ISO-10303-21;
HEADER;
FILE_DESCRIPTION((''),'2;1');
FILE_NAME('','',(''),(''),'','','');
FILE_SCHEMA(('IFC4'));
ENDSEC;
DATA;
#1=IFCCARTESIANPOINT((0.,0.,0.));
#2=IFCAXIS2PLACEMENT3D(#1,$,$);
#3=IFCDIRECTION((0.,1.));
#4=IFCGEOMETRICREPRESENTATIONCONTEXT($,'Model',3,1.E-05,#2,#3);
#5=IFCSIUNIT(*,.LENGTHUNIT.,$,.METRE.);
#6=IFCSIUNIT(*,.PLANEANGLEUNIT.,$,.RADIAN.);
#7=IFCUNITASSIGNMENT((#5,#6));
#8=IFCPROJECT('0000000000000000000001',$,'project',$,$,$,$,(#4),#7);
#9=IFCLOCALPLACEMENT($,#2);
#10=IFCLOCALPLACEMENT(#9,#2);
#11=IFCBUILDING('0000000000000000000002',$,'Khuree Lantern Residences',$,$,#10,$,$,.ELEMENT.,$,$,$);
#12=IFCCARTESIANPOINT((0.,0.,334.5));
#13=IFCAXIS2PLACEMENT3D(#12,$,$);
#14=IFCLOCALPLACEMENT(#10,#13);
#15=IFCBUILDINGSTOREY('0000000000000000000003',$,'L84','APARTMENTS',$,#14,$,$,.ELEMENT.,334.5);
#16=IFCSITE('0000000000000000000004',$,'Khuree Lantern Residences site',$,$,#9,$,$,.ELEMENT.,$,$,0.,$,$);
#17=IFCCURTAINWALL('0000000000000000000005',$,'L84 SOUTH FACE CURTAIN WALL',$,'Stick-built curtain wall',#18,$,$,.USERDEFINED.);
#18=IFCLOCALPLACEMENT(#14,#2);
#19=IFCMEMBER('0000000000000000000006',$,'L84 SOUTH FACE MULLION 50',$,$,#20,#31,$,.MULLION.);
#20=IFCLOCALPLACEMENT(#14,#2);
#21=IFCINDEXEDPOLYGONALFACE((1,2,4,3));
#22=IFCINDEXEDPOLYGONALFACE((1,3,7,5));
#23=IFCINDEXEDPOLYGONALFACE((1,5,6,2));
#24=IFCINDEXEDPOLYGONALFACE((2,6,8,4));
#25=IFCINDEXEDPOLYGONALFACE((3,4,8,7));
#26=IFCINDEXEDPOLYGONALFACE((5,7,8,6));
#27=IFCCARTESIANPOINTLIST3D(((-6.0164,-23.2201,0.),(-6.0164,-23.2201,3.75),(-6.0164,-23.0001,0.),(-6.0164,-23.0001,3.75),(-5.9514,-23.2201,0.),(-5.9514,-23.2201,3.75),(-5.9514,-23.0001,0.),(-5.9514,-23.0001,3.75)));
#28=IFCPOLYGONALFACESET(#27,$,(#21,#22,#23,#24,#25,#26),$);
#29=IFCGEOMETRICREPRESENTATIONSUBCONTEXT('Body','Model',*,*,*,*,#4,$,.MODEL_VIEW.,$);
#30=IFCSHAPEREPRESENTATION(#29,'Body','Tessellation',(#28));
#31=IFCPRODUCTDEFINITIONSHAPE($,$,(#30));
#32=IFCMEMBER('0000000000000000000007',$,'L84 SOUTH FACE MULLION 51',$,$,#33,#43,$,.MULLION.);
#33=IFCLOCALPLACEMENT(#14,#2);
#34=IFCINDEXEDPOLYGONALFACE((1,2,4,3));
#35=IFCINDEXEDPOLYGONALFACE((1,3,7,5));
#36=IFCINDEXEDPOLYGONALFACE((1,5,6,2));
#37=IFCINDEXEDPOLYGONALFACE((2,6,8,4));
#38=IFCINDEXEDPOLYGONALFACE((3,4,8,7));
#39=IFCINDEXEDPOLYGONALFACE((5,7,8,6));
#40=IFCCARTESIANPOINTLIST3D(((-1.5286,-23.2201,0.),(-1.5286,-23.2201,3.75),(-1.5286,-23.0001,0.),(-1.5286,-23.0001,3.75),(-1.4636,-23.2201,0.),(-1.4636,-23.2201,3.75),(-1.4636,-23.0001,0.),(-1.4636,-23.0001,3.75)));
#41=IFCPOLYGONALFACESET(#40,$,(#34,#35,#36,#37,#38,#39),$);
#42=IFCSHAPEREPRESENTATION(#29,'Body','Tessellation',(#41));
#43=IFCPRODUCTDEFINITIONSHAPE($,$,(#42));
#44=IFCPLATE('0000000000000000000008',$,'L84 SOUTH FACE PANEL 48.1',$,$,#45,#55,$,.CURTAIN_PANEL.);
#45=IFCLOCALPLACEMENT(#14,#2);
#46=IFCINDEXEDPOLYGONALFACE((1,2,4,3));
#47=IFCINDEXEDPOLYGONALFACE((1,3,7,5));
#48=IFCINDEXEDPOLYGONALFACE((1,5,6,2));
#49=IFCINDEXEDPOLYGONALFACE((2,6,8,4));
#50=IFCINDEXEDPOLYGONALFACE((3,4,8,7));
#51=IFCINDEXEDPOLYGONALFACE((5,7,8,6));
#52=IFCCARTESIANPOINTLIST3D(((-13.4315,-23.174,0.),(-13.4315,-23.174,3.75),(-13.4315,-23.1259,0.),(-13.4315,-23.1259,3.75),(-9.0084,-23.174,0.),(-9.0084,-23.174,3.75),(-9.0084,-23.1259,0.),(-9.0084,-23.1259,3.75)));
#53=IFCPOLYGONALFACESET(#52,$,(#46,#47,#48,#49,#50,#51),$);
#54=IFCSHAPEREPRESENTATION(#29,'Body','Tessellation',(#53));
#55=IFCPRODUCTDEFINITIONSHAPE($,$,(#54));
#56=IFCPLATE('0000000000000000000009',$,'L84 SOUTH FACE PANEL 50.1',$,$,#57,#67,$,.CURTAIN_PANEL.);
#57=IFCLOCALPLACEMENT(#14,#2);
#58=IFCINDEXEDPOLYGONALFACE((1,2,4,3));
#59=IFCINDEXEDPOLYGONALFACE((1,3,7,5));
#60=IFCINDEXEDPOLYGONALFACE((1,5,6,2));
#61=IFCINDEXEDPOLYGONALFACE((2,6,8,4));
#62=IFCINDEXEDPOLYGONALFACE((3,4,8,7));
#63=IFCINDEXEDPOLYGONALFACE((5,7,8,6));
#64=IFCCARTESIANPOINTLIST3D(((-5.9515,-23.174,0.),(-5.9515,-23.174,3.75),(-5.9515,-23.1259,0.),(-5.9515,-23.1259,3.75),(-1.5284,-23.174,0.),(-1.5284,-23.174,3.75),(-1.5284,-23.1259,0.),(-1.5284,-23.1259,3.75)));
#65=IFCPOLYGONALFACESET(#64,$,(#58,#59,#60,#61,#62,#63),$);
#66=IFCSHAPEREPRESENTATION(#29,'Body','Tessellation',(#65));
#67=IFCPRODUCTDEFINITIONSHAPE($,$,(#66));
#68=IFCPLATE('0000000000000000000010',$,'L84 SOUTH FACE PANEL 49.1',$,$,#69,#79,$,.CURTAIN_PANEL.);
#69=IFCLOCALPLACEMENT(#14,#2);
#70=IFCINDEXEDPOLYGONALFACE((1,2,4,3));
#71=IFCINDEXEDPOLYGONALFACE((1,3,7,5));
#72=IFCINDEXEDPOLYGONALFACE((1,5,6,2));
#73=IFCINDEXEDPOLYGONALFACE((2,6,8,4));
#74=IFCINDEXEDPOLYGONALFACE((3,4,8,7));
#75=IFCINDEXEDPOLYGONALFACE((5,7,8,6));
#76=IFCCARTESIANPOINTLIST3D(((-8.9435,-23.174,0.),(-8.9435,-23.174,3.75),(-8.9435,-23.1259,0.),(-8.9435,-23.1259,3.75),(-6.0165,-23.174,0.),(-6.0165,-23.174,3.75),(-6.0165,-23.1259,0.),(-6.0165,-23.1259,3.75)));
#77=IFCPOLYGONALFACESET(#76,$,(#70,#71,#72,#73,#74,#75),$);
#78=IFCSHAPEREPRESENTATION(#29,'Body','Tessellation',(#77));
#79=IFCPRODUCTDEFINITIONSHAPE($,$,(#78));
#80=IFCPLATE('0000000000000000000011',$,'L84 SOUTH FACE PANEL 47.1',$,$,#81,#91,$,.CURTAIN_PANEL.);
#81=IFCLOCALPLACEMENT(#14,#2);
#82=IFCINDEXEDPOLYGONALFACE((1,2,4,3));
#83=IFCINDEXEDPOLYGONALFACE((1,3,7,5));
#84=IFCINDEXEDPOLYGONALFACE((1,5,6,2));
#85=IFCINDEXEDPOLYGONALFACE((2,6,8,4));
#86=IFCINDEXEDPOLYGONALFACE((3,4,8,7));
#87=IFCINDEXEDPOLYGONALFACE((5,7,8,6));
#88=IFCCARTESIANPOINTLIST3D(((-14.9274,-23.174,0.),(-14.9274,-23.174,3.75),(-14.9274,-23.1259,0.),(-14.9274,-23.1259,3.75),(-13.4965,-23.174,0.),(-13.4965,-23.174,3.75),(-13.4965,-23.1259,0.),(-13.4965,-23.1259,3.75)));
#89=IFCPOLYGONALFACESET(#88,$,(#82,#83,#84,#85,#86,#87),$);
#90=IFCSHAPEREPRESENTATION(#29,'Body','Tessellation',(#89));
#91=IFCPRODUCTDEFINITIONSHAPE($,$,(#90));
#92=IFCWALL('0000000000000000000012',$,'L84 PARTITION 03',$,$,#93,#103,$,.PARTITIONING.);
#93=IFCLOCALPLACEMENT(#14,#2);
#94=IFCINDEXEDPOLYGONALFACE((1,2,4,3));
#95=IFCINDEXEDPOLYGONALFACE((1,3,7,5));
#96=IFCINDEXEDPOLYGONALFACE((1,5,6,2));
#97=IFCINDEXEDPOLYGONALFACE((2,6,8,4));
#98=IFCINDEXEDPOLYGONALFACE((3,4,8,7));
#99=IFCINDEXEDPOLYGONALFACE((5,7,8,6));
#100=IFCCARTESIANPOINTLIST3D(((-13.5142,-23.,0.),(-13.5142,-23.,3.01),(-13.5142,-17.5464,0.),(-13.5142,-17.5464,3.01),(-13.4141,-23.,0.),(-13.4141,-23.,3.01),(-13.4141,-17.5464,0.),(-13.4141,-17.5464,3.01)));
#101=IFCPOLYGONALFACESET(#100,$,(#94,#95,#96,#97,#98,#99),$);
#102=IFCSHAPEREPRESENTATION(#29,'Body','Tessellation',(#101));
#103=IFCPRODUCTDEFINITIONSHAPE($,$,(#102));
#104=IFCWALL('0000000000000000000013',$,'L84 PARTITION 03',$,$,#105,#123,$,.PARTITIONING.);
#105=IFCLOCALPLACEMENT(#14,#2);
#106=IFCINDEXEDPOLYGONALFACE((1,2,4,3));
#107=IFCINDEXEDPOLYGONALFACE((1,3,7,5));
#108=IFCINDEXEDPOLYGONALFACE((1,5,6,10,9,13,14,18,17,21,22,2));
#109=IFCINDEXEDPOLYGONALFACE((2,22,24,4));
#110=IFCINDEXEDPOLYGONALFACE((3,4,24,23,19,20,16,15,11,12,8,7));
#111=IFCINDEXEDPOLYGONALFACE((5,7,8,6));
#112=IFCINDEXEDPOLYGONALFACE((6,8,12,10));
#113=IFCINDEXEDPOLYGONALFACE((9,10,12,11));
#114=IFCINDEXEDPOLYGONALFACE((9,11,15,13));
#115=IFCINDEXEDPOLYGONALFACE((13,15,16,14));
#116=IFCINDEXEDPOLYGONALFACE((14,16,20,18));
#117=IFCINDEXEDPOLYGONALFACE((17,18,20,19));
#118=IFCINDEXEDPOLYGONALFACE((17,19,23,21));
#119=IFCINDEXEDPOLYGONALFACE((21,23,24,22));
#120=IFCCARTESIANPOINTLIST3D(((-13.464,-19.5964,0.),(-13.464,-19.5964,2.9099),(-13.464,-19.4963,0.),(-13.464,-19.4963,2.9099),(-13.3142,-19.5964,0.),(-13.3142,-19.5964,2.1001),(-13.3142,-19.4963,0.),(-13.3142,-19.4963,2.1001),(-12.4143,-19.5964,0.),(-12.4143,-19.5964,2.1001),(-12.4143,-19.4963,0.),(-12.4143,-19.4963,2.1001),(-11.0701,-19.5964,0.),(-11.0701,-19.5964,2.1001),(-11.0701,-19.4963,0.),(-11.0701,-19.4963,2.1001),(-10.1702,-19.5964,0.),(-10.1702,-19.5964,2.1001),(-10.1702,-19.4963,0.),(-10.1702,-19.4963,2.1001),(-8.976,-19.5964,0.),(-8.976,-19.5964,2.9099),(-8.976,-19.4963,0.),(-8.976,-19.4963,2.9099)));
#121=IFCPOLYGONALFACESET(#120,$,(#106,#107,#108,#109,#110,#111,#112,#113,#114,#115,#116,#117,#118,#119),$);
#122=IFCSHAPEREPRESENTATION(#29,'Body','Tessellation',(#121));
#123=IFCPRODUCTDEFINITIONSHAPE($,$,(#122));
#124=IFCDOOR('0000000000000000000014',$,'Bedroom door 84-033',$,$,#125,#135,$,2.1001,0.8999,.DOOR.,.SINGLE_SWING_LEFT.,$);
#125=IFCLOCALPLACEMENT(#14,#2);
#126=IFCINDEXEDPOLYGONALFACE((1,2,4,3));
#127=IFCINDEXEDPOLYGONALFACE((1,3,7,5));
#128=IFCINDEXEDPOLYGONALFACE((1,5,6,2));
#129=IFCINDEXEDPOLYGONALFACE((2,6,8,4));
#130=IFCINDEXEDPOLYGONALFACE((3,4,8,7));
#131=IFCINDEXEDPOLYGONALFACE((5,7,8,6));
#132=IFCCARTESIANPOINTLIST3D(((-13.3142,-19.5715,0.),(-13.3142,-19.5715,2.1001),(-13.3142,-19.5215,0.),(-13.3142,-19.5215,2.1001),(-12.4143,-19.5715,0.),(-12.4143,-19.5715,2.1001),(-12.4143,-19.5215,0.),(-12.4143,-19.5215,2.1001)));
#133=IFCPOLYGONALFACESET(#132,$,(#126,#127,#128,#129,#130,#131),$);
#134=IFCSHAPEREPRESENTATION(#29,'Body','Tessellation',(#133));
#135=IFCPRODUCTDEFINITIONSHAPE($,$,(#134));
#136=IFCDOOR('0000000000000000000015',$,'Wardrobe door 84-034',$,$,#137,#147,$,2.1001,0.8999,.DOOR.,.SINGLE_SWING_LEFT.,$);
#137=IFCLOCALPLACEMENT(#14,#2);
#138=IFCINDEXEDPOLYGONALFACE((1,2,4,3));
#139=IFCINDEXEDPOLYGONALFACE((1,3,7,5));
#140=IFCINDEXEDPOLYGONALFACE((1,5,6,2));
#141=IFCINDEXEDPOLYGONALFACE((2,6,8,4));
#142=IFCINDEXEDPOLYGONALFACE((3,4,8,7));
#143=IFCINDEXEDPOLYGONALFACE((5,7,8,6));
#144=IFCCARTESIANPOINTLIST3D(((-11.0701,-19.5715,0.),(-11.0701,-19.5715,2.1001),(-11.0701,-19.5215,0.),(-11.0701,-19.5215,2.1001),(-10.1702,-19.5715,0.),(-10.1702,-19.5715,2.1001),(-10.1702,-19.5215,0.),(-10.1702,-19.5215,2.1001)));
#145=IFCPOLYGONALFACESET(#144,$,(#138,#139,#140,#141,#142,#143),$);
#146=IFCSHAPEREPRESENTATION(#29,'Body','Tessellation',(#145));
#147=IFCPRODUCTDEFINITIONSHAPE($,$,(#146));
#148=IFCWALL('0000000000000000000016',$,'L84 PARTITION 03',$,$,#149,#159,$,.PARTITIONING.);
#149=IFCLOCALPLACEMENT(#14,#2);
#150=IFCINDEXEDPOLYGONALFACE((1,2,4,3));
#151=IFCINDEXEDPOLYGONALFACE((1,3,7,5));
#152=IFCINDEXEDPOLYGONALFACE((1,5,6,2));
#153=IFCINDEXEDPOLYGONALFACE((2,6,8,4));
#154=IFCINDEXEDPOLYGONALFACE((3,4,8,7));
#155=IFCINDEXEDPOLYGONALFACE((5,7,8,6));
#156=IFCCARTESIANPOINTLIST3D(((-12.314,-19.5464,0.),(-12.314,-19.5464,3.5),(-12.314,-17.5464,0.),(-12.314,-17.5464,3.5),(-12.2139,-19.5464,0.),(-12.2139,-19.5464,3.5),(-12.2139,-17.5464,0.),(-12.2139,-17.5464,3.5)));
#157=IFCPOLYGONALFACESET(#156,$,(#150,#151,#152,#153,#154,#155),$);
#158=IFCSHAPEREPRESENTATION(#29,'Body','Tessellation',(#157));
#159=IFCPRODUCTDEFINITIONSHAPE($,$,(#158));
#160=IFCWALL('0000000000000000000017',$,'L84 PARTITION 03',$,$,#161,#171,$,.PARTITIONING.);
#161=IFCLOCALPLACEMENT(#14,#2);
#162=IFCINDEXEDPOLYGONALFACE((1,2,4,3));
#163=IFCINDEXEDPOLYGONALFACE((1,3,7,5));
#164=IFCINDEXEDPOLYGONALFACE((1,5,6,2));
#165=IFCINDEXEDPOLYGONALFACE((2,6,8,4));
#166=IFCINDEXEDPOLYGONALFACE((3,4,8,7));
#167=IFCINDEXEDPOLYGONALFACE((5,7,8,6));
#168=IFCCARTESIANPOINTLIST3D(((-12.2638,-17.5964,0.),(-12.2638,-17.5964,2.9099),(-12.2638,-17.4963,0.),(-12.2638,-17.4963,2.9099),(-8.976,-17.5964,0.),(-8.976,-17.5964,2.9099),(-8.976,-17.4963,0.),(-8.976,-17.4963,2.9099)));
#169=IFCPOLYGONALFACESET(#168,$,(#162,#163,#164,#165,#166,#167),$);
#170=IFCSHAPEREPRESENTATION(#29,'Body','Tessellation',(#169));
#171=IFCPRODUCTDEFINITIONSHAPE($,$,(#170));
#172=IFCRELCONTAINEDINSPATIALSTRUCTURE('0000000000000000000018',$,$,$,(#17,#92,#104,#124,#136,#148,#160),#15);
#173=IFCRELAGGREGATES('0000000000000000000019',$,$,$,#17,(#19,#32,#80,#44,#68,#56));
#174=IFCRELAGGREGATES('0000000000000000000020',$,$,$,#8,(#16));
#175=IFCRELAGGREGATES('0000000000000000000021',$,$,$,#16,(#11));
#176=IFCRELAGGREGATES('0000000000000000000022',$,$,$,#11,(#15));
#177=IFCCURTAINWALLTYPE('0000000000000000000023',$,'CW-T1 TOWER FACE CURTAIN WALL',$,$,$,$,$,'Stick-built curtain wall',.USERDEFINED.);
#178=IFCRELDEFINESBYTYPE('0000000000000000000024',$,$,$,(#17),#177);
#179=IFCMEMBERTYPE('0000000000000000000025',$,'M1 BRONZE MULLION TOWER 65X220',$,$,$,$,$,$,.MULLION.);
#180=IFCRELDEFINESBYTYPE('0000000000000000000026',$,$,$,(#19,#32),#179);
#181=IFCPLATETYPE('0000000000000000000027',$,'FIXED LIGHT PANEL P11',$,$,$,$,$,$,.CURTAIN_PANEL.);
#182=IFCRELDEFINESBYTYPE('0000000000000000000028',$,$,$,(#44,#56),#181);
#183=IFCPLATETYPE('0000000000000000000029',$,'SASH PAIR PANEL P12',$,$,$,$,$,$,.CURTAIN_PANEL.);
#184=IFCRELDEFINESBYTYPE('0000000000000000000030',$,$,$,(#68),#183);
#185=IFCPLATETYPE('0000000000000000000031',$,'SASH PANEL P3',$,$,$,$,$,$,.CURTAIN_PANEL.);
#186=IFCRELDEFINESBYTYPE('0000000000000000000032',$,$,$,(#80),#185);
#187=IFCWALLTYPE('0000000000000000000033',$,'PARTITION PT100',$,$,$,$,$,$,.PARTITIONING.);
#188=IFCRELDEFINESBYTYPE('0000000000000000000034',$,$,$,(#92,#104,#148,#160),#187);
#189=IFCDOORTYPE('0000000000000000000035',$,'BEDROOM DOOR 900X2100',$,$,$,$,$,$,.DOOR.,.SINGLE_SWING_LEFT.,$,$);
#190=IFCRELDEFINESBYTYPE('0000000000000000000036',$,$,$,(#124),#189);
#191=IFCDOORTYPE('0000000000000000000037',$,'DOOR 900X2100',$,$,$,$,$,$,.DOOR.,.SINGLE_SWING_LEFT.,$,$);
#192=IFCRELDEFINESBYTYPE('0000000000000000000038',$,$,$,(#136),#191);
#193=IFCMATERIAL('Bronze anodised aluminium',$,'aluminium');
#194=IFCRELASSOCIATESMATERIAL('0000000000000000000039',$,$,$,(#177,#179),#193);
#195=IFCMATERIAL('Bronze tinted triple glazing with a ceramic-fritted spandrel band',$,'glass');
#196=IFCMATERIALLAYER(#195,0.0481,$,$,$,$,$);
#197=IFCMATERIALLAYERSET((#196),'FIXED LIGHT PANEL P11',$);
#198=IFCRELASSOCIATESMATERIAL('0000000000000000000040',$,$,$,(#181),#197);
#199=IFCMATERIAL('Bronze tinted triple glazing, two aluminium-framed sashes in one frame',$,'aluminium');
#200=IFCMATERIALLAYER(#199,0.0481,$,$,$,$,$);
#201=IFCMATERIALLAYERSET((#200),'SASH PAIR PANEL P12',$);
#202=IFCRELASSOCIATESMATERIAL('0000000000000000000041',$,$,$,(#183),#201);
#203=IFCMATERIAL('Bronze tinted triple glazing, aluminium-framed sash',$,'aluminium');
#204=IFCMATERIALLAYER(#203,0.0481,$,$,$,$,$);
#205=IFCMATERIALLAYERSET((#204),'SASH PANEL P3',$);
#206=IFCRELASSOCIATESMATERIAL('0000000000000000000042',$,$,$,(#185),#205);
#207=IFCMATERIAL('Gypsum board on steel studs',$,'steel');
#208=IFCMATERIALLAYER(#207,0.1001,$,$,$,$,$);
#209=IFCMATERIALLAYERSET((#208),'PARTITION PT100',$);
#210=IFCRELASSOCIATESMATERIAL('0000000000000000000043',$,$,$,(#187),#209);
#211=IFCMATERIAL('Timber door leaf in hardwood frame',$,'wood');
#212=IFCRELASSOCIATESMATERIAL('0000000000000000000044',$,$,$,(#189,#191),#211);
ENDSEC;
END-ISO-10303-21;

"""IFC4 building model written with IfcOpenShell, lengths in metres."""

from ifc_helpers import new_model, si_unit, direction, frame, frame_2d, origin, origin_2d, place, context, subcontext, project, spatial, rectangle, extrude, material, layer, layer_set, material_profile, profile_set, type_object, element, fill, aggregate, save


model = new_model("IFC4")

# Units and contexts
model_context = context("Model", 3, precision=1e-05, world=origin(), true_north=direction((0.0, 1.0)))
body_context = subcontext(model_context, "Body", "Model", "MODEL_VIEW")
ifc_project = project(units=[si_unit("LENGTHUNIT", "METRE"), si_unit("PLANEANGLEUNIT", "RADIAN")], contexts=[model_context])

# Site, building, storey
site_placement = place(None, origin())
site = spatial("IfcSite", under=ifc_project, at=site_placement, Name="Khuree Lantern Residences site", CompositionType="ELEMENT", RefElevation=0.0)
building_placement = place(site_placement, origin())
building = spatial("IfcBuilding", under=site, at=building_placement, Name="Khuree Lantern Residences", CompositionType="ELEMENT")
storey_placement = place(building_placement, frame((0.0, 0.0, 334.5)))
storey = spatial("IfcBuildingStorey", under=building, at=storey_placement, Name="L84", Description="APARTMENTS", CompositionType="ELEMENT", Elevation=334.5)

# Curtain wall
ifc_material_1 = material(Name="Bronze anodised aluminium", Category="aluminium")
curtain_wall_type = type_object("IfcCurtainWallType", Name="CW-T1 TOWER FACE CURTAIN WALL", ElementType="Stick-built curtain wall", PredefinedType="USERDEFINED", material=ifc_material_1)
curtain_wall_placement = place(storey_placement, origin())
curtain_wall = element("IfcCurtainWall", 1, at=curtain_wall_placement, inside=storey, type_object=curtain_wall_type, Name="L84 SOUTH FACE CURTAIN WALL", ObjectType="Stick-built curtain wall", PredefinedType="USERDEFINED")

# Members
ifc_material_profile_1 = material_profile(ifc_material_1, rectangle(XDim=0.0649, YDim=0.22, at=origin_2d()), Name="M1 65X220")
ifc_profile_set_1 = profile_set([ifc_material_profile_1], Name="Bronze anodised aluminium")
member_type_1 = type_object("IfcMemberType", Name="M1 BRONZE MULLION TOWER 65X220", PredefinedType="MULLION", material=ifc_profile_set_1)
member_1_placement = place(storey_placement, frame((-5.9839, -23.1101, 0.0), z_axis=(0.0, 0.0, 1.0), x_axis=(1.0, 0.0, 0.0)))
member_1 = element("IfcMember", 2, at=member_1_placement, type_object=member_type_1, Name="L84 SOUTH FACE MULLION 50", PredefinedType="MULLION", context=body_context, shape_type="SweptSolid", body=[
    extrude(rectangle(XDim=0.0649, YDim=0.22, at=origin_2d()), origin(), (0.0, 0.0, 1.0), 3.75),
])
member_2_placement = place(storey_placement, frame((-1.4961, -23.1101, 0.0), z_axis=(0.0, 0.0, 1.0), x_axis=(1.0, 0.0, 0.0)))
member_2 = element("IfcMember", 3, at=member_2_placement, type_object=member_type_1, Name="L84 SOUTH FACE MULLION 51", PredefinedType="MULLION", context=body_context, shape_type="SweptSolid", body=[
    extrude(rectangle(XDim=0.0649, YDim=0.22, at=origin_2d()), origin(), (0.0, 0.0, 1.0), 3.75),
])

# Plates
ifc_material_2 = material(Name="Bronze tinted triple glazing with a ceramic-fritted spandrel band", Category="glass")
ifc_layer_1 = layer(ifc_material_2, 0.0481)
ifc_layer_set_1 = layer_set([ifc_layer_1], Name="FIXED LIGHT PANEL P11")
plate_type_1 = type_object("IfcPlateType", Name="FIXED LIGHT PANEL P11", PredefinedType="CURTAIN_PANEL", material=ifc_layer_set_1)
plate_1_placement = place(storey_placement, frame((-11.22, -23.1499, 0.0), z_axis=(0.0, 0.0, 1.0), x_axis=(1.0, 0.0, 0.0)))
plate_1 = element("IfcPlate", 4, at=plate_1_placement, type_object=plate_type_1, Name="L84 SOUTH FACE PANEL 48.1", PredefinedType="CURTAIN_PANEL", context=body_context, shape_type="SweptSolid", body=[
    extrude(rectangle(XDim=4.4231, YDim=0.0481, at=origin_2d()), origin(), (0.0, 0.0, 1.0), 3.75),
])
plate_2_placement = place(storey_placement, frame((-3.74, -23.1499, 0.0), z_axis=(0.0, 0.0, 1.0), x_axis=(1.0, 0.0, 0.0)))
plate_2 = element("IfcPlate", 5, at=plate_2_placement, type_object=plate_type_1, Name="L84 SOUTH FACE PANEL 50.1", PredefinedType="CURTAIN_PANEL", context=body_context, shape_type="SweptSolid", body=[
    extrude(rectangle(XDim=4.4231, YDim=0.0481, at=origin_2d()), origin(), (0.0, 0.0, 1.0), 3.75),
])
ifc_material_3 = material(Name="Bronze tinted triple glazing, two aluminium-framed sashes in one frame", Category="aluminium")
ifc_layer_2 = layer(ifc_material_3, 0.0481)
ifc_layer_set_2 = layer_set([ifc_layer_2], Name="SASH PAIR PANEL P12")
plate_type_2 = type_object("IfcPlateType", Name="SASH PAIR PANEL P12", PredefinedType="CURTAIN_PANEL", material=ifc_layer_set_2)
plate_3_placement = place(storey_placement, frame((-7.48, -23.1499, 0.0), z_axis=(0.0, 0.0, 1.0), x_axis=(1.0, 0.0, 0.0)))
plate_3 = element("IfcPlate", 6, at=plate_3_placement, type_object=plate_type_2, Name="L84 SOUTH FACE PANEL 49.1", PredefinedType="CURTAIN_PANEL", context=body_context, shape_type="SweptSolid", body=[
    extrude(rectangle(XDim=2.927, YDim=0.0481, at=origin_2d()), origin(), (0.0, 0.0, 1.0), 3.75),
])
ifc_material_4 = material(Name="Bronze tinted triple glazing, aluminium-framed sash", Category="aluminium")
ifc_layer_3 = layer(ifc_material_4, 0.0481)
ifc_layer_set_3 = layer_set([ifc_layer_3], Name="SASH PANEL P3")
plate_type_3 = type_object("IfcPlateType", Name="SASH PANEL P3", PredefinedType="CURTAIN_PANEL", material=ifc_layer_set_3)
plate_4_placement = place(storey_placement, frame((-14.2119, -23.1499, 0.0), z_axis=(0.0, 0.0, 1.0), x_axis=(1.0, 0.0, 0.0)))
plate_4 = element("IfcPlate", 7, at=plate_4_placement, type_object=plate_type_3, Name="L84 SOUTH FACE PANEL 47.1", PredefinedType="CURTAIN_PANEL", context=body_context, shape_type="SweptSolid", body=[
    extrude(rectangle(XDim=1.4309, YDim=0.0481, at=origin_2d()), origin(), (0.0, 0.0, 1.0), 3.75),
])
aggregate(curtain_wall, [member_1, member_2, plate_4, plate_1, plate_3, plate_2])

# Wall
ifc_material_5 = material(Name="Gypsum board on steel studs", Category="steel")
ifc_layer_4 = layer(ifc_material_5, 0.1001)
ifc_layer_set_4 = layer_set([ifc_layer_4], Name="PARTITION PT100")
wall_type = type_object("IfcWallType", Name="PARTITION PT100", PredefinedType="PARTITIONING", material=ifc_layer_set_4)
wall_1_placement = place(storey_placement, frame((-13.4641, -17.5464, 0.0), z_axis=(0.0, 0.0, 1.0), x_axis=(0.0, -1.0, 0.0)))
element("IfcWall", 8, at=wall_1_placement, inside=storey, type_object=wall_type, Name="L84 PARTITION 03", PredefinedType="PARTITIONING", context=body_context, shape_type="SweptSolid", body=[
    extrude(rectangle(XDim=5.4536, YDim=0.1001, at=frame_2d((2.7268, 0.0))), origin(), (0.0, 0.0, 1.0), 3.01),
])

# Wall, openings, doors
wall_2_placement = place(storey_placement, frame((-13.4641, -19.5464, 0.0), z_axis=(0.0, 0.0, 1.0), x_axis=(1.0, 0.0, 0.0)))
wall_2 = element("IfcWall", 9, at=wall_2_placement, inside=storey, type_object=wall_type, Name="L84 PARTITION 03", PredefinedType="PARTITIONING", context=body_context, shape_type="SweptSolid", body=[
    extrude(rectangle(XDim=4.488, YDim=0.1001, at=frame_2d((2.2441, 0.0))), origin(), (0.0, 0.0, 1.0), 2.9099),
])
opening_1_placement = place(wall_2_placement, frame((0.1499, 0.0, 0.0)))
opening_1 = element("IfcOpeningElement", 10, at=opening_1_placement, cuts=wall_2, PredefinedType="OPENING", context=body_context, shape_type="SweptSolid", body=[
    extrude(rectangle(XDim=0.8999, YDim=2.1001, at=frame_2d((0.45, 1.05))), frame((0.0, 0.0601, 0.0), z_axis=(0.0, -1.0, 0.0), x_axis=(1.0, 0.0, 0.0)), (0.0, 0.0, 1.0), 0.1201),
])
opening_2_placement = place(wall_2_placement, frame((2.394, 0.0, 0.0)))
opening_2 = element("IfcOpeningElement", 11, at=opening_2_placement, cuts=wall_2, PredefinedType="OPENING", context=body_context, shape_type="SweptSolid", body=[
    extrude(rectangle(XDim=0.8999, YDim=2.1001, at=frame_2d((0.45, 1.05))), frame((0.0, 0.0601, 0.0), z_axis=(0.0, -1.0, 0.0), x_axis=(1.0, 0.0, 0.0)), (0.0, 0.0, 1.0), 0.1201),
])
ifc_material_6 = material(Name="Timber door leaf in hardwood frame", Category="wood")
door_type_1 = type_object("IfcDoorType", Name="BEDROOM DOOR 900X2100", OperationType="SINGLE_SWING_LEFT", PredefinedType="DOOR", material=ifc_material_6)
door_1_placement = place(opening_1_placement, origin())
door_1 = element("IfcDoor", 12, at=door_1_placement, inside=storey, type_object=door_type_1, Name="Bedroom door 84-033", OperationType="SINGLE_SWING_LEFT", OverallHeight=2.1001, OverallWidth=0.8999, PredefinedType="DOOR", context=body_context, shape_type="SweptSolid", body=[
    extrude(rectangle(XDim=0.8999, YDim=2.1001, at=frame_2d((0.45, 1.05))), frame((0.0, 0.0249, 0.0), z_axis=(0.0, -1.0, 0.0), x_axis=(1.0, 0.0, 0.0)), (0.0, 0.0, 1.0), 0.05),
])
fill(opening_1, door_1)
door_type_2 = type_object("IfcDoorType", Name="DOOR 900X2100", OperationType="SINGLE_SWING_LEFT", PredefinedType="DOOR", material=ifc_material_6)
door_2_placement = place(opening_2_placement, origin())
door_2 = element("IfcDoor", 13, at=door_2_placement, inside=storey, type_object=door_type_2, Name="Wardrobe door 84-034", OperationType="SINGLE_SWING_LEFT", OverallHeight=2.1001, OverallWidth=0.8999, PredefinedType="DOOR", context=body_context, shape_type="SweptSolid", body=[
    extrude(rectangle(XDim=0.8999, YDim=2.1001, at=frame_2d((0.45, 1.05))), frame((0.0, 0.0249, 0.0), z_axis=(0.0, -1.0, 0.0), x_axis=(1.0, 0.0, 0.0)), (0.0, 0.0, 1.0), 0.05),
])
fill(opening_2, door_2)

# Walls
wall_3_placement = place(storey_placement, frame((-12.2639, -17.5464, 0.0), z_axis=(0.0, 0.0, 1.0), x_axis=(0.0, -1.0, 0.0)))
element("IfcWall", 14, at=wall_3_placement, inside=storey, type_object=wall_type, Name="L84 PARTITION 03", PredefinedType="PARTITIONING", context=body_context, shape_type="SweptSolid", body=[
    extrude(rectangle(XDim=2.0, YDim=0.1001, at=frame_2d((1.0, 0.0))), origin(), (0.0, 0.0, 1.0), 3.5),
])
wall_4_placement = place(storey_placement, frame((-12.2639, -17.5464, 0.0), z_axis=(0.0, 0.0, 1.0), x_axis=(1.0, 0.0, 0.0)))
element("IfcWall", 15, at=wall_4_placement, inside=storey, type_object=wall_type, Name="L84 PARTITION 03", PredefinedType="PARTITIONING", context=body_context, shape_type="SweptSolid", body=[
    extrude(rectangle(XDim=3.2878, YDim=0.1001, at=frame_2d((1.644, 0.0))), origin(), (0.0, 0.0, 1.0), 2.9099),
])

save(model, "model.ifc")
